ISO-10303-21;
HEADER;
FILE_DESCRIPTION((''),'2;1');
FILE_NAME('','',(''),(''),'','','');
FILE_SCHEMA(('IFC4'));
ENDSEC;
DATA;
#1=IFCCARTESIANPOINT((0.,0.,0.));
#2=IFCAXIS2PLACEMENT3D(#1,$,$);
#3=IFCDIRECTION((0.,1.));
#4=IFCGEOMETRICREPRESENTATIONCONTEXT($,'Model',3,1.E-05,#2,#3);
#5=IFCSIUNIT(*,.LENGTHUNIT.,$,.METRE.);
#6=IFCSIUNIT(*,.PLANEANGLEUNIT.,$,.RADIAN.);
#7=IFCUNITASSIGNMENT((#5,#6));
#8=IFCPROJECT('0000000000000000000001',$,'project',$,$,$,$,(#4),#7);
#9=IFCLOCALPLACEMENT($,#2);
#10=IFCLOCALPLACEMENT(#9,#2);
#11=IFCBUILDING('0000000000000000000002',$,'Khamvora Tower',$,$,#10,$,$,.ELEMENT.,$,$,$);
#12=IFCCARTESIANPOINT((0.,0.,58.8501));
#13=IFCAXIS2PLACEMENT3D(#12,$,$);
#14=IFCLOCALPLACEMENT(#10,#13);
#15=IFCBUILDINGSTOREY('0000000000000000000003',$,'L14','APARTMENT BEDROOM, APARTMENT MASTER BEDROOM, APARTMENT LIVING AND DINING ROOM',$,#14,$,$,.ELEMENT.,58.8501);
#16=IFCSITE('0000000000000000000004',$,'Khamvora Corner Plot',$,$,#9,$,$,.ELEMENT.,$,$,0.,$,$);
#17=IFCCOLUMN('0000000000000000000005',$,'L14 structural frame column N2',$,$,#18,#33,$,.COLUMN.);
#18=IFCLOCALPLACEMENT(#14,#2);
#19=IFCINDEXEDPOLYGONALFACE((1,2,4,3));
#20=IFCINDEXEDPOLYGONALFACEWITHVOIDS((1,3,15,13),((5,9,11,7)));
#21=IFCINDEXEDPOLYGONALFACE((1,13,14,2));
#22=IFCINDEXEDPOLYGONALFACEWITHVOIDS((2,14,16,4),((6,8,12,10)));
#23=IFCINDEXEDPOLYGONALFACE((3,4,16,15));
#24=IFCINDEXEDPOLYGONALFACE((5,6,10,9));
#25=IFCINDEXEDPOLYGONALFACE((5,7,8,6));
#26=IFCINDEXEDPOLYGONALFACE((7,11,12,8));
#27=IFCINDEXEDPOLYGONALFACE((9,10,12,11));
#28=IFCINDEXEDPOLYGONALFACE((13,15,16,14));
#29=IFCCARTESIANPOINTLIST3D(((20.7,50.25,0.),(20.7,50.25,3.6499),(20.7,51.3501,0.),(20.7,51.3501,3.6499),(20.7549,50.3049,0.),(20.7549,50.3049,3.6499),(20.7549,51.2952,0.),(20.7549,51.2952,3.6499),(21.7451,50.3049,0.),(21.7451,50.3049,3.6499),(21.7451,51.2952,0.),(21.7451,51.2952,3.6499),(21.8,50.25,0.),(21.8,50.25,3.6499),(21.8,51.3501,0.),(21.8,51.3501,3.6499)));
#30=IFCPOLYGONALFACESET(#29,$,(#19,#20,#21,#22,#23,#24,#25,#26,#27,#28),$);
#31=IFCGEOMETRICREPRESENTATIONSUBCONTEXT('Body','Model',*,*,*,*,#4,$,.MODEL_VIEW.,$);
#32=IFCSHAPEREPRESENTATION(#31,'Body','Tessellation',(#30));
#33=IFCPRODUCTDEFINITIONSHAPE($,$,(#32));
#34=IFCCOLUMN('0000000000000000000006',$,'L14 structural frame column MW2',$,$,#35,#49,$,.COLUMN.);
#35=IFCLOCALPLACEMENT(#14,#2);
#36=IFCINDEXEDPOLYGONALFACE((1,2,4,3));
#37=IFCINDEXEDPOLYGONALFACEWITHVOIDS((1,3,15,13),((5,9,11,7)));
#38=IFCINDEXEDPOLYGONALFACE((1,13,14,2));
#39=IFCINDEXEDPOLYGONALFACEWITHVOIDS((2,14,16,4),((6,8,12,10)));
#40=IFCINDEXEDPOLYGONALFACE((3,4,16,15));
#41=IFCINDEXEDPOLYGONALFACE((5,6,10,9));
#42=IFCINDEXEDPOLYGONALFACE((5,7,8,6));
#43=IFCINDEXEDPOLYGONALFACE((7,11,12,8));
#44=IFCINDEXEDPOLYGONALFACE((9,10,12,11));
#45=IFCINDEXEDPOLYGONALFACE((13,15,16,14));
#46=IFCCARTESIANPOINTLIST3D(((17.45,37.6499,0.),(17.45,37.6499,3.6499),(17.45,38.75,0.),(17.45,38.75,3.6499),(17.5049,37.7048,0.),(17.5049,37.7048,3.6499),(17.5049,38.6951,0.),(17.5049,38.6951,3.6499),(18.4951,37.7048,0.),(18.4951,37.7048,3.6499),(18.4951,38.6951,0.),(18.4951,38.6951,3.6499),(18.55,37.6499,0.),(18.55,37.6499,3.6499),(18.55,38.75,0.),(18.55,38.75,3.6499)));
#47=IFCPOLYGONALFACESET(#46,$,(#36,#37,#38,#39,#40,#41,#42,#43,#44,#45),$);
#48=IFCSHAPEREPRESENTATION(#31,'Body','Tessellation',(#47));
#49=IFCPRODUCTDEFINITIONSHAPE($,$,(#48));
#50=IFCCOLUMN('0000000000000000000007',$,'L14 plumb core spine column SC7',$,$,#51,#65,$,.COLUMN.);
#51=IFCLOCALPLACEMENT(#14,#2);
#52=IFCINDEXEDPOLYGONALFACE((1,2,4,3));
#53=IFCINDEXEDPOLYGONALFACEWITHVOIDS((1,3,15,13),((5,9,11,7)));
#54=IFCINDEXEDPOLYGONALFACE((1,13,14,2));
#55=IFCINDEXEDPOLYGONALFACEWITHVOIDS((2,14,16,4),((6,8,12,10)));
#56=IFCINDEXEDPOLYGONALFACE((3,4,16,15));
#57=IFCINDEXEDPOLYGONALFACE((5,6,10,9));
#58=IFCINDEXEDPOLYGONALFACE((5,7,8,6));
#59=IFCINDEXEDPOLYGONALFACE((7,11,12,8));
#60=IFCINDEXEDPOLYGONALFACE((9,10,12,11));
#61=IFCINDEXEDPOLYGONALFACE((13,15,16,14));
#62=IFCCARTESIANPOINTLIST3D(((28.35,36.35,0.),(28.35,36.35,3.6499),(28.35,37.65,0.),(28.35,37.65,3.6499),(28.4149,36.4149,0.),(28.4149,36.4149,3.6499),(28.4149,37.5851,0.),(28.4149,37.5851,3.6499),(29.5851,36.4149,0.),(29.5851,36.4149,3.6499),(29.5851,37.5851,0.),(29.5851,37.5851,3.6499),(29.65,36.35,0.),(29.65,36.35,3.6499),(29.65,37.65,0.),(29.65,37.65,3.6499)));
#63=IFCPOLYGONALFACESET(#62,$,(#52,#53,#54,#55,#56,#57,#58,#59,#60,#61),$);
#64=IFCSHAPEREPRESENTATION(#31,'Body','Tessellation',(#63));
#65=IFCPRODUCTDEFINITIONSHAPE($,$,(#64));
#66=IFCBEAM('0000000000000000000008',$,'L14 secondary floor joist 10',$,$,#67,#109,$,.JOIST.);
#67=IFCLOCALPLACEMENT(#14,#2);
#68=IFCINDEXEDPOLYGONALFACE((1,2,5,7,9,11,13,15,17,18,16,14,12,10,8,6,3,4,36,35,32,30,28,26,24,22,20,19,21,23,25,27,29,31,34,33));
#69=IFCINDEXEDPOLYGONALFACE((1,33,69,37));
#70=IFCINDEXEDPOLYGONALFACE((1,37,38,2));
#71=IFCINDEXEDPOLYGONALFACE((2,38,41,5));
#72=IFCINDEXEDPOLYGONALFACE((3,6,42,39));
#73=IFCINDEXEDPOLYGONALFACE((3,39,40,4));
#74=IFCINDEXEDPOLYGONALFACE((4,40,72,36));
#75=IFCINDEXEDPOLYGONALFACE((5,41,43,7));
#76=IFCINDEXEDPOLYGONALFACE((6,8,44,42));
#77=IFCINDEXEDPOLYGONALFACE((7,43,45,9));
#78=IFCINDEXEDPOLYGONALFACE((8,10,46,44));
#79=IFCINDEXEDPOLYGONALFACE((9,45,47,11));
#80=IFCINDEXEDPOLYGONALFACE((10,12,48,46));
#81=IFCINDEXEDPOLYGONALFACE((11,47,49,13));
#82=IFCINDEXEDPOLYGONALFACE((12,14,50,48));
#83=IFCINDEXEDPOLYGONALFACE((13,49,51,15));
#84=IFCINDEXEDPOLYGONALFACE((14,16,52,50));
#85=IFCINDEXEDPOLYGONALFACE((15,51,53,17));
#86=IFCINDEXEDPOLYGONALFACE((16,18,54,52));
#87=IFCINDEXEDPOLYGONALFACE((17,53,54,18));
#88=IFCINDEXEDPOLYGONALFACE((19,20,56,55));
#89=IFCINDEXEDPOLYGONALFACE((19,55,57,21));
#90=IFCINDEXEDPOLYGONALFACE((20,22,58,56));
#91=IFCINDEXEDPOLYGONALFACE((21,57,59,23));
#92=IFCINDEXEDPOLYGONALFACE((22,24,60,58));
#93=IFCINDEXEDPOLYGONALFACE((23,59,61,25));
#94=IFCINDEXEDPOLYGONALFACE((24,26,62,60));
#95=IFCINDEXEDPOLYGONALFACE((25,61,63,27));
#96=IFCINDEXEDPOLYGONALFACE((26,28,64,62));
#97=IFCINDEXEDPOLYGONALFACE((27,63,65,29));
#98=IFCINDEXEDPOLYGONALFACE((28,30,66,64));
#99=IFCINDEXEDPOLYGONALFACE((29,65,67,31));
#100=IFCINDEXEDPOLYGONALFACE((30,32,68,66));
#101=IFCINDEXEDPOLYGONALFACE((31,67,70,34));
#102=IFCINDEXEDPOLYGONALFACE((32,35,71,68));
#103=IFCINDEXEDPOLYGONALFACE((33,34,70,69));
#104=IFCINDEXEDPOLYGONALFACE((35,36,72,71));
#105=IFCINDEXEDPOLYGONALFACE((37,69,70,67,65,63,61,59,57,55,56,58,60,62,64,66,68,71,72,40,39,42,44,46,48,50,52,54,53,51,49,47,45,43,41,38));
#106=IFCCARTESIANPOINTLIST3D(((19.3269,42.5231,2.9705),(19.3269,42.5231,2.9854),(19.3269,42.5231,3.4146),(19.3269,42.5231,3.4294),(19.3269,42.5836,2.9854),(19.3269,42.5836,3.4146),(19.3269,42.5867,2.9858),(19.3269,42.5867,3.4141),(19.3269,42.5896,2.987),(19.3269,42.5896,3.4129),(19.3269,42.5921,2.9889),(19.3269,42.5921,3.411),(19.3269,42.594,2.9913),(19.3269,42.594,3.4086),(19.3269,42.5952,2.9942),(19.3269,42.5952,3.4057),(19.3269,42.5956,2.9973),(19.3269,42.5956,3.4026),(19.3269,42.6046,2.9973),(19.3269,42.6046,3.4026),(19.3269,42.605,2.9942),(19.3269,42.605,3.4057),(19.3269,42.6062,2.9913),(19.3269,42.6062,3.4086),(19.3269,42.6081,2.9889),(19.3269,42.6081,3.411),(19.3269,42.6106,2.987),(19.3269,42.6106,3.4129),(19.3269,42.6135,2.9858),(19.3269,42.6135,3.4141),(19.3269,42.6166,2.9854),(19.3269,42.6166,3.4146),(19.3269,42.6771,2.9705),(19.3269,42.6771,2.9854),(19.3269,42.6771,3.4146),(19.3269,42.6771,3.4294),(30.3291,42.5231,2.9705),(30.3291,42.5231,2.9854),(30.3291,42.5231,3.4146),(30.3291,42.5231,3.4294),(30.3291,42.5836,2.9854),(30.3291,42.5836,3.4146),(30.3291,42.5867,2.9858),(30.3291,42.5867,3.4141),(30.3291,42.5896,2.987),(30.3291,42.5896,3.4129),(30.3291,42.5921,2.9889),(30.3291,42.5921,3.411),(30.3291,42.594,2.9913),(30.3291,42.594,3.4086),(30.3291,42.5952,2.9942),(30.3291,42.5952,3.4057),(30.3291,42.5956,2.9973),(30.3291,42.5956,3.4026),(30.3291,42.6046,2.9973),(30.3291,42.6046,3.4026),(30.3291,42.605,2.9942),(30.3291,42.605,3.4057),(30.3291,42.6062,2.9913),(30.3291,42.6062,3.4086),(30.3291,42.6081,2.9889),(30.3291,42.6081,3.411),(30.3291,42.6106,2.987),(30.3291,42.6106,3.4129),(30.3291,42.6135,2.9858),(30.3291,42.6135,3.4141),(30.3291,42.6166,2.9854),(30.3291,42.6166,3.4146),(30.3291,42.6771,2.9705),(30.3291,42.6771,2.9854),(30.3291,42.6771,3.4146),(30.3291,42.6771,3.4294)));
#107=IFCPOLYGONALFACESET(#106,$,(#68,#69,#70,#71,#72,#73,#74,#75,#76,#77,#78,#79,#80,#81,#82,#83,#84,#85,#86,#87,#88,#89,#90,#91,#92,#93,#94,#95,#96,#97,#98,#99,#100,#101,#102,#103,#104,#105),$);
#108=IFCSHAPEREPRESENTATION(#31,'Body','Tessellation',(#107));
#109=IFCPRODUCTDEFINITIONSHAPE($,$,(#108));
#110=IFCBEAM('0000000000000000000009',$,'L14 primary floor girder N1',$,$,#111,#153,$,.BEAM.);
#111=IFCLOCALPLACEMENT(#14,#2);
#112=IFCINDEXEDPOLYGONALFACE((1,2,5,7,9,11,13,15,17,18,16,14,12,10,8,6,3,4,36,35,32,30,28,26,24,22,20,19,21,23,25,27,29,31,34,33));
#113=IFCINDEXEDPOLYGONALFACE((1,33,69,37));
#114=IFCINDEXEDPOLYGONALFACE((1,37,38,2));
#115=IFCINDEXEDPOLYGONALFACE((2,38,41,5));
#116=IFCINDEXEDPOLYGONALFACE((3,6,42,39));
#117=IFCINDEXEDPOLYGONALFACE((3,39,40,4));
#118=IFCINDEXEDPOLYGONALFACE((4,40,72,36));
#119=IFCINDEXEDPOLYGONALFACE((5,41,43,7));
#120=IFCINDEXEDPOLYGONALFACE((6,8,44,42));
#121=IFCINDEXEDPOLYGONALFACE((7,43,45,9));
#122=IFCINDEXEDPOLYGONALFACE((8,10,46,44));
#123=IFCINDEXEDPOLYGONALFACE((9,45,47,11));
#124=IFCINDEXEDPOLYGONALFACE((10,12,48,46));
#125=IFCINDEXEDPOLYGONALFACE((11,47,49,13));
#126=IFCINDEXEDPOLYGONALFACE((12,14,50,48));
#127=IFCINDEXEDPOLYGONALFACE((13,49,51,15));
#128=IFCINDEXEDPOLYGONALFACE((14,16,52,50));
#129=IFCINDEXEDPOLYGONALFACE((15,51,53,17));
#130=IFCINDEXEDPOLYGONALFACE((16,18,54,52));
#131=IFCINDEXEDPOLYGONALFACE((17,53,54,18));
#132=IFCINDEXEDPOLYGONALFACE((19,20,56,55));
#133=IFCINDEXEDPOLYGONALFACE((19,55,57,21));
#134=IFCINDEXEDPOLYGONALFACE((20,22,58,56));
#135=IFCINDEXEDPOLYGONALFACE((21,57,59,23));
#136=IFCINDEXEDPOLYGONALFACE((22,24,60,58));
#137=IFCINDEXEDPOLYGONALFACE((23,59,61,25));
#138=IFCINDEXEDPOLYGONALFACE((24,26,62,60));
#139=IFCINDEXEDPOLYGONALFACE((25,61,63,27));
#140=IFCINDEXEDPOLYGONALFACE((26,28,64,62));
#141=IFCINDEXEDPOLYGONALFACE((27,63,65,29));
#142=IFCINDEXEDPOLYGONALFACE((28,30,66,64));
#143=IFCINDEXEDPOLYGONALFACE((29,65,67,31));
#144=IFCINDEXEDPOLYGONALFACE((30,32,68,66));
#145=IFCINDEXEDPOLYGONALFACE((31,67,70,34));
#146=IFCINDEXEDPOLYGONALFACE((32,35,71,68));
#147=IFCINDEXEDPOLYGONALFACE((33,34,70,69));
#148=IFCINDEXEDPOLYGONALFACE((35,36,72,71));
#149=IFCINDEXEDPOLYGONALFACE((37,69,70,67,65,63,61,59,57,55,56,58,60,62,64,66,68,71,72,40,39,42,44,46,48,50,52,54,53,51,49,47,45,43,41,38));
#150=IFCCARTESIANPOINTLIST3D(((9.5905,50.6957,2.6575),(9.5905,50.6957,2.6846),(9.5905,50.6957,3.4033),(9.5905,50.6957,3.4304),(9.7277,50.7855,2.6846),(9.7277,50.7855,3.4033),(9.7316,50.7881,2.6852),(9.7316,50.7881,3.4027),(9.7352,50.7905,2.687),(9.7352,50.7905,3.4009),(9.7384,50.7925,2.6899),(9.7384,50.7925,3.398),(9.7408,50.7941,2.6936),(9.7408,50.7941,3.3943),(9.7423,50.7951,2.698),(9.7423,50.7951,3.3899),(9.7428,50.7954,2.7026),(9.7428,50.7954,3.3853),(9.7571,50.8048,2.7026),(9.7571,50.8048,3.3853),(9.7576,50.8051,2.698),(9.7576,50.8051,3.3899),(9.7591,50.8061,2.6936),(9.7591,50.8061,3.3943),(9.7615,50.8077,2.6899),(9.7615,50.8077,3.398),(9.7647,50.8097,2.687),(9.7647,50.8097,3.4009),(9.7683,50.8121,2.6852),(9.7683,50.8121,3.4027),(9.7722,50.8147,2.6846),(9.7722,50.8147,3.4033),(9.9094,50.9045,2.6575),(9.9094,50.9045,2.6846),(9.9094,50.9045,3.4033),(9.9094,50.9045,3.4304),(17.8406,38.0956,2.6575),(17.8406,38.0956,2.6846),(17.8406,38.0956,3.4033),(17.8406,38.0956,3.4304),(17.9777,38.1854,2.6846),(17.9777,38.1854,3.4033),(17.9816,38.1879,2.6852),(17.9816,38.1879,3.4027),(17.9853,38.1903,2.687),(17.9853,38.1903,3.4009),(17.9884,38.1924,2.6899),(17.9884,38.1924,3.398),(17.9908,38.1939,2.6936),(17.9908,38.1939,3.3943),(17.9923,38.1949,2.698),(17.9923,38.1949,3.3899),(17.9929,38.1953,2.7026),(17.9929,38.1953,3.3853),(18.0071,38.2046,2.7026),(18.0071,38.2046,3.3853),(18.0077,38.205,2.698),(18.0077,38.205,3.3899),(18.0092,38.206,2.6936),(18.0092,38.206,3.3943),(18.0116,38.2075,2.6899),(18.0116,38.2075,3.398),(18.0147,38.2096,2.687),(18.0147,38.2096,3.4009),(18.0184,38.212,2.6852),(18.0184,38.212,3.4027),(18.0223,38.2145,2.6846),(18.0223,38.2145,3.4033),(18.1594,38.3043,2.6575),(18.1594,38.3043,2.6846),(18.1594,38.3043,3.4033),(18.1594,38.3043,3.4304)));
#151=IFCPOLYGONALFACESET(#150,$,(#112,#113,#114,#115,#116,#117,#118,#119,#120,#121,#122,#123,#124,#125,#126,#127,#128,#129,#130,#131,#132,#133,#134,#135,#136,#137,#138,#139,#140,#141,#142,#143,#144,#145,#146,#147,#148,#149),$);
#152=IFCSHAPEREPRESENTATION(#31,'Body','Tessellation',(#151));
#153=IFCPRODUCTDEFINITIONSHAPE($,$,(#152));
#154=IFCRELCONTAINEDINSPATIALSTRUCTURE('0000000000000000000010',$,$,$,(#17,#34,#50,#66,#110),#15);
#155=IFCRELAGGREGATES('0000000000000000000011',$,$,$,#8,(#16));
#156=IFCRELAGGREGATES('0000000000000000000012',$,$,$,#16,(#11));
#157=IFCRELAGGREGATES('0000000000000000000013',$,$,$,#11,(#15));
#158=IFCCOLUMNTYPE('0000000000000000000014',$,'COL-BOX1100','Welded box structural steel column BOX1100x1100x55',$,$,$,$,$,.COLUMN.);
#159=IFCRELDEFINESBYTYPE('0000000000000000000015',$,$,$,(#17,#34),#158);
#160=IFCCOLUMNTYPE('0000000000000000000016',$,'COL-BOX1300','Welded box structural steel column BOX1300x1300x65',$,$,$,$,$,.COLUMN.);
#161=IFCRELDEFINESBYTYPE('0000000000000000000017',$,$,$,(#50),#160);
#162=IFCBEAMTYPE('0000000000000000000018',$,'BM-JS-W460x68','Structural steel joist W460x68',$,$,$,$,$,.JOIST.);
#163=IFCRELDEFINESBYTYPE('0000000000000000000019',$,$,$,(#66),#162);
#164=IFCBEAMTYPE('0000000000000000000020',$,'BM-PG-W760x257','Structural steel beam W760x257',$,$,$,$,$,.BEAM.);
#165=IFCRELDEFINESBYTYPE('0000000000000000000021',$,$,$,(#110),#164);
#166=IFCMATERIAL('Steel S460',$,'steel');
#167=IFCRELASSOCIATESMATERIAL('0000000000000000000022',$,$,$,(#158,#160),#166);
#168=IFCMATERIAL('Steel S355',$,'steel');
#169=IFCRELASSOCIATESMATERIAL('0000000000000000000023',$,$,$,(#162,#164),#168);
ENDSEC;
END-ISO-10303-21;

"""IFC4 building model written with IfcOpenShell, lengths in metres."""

from ifc_helpers import new_model, si_unit, direction, frame, origin, origin_2d, place, context, subcontext, project, spatial, hollow_rectangle, i_section, extrude, material, material_profile, profile_set, type_object, element, save


model = new_model("IFC4")

# Units and contexts
model_context = context("Model", 3, precision=1e-05, world=origin(), true_north=direction((0.0, 1.0)))
body_context = subcontext(model_context, "Body", "Model", "MODEL_VIEW")
ifc_project = project(units=[si_unit("LENGTHUNIT", "METRE"), si_unit("PLANEANGLEUNIT", "RADIAN")], contexts=[model_context])

# Site, building, storey
site_placement = place(None, origin())
site = spatial("IfcSite", under=ifc_project, at=site_placement, Name="Khamvora Corner Plot", CompositionType="ELEMENT", RefElevation=0.0)
building_placement = place(site_placement, origin())
building = spatial("IfcBuilding", under=site, at=building_placement, Name="Khamvora Tower", CompositionType="ELEMENT")
storey_placement = place(building_placement, frame((0.0, 0.0, 58.8501)))
storey = spatial("IfcBuildingStorey", under=building, at=storey_placement, Name="L14", Description="APARTMENT BEDROOM, APARTMENT MASTER BEDROOM, APARTMENT LIVING AND DINING ROOM", CompositionType="ELEMENT", Elevation=58.8501)

# Columns
ifc_material_1 = material(Name="Steel S460", Category="steel")
ifc_material_profile_1 = material_profile(ifc_material_1, hollow_rectangle(XDim=1.1001, YDim=1.1001, WallThickness=0.0549, at=origin_2d()), Name="BOX1100x1100x55")
ifc_profile_set_1 = profile_set([ifc_material_profile_1], Name="Steel S460")
column_type_1 = type_object("IfcColumnType", Name="COL-BOX1100", Description="Welded box structural steel column BOX1100x1100x55", PredefinedType="COLUMN", material=ifc_profile_set_1)
for number, where, z_axis, x_axis, name in (
    (1, (21.25, 50.8, 0.0), (0.0, 0.0, 1.0), (1.0, 0.0, 0.0), "L14 structural frame column N2"),
    (2, (18.0, 38.2, 0.0), (0.0, 0.0, 1.0), (1.0, 0.0, 0.0), "L14 structural frame column MW2"),
):
    element("IfcColumn", number, at=place(storey_placement, frame(where, z_axis=z_axis, x_axis=x_axis)), inside=storey, type_object=column_type_1, Name=name, PredefinedType="COLUMN", context=body_context, shape_type="SweptSolid", body=[
        extrude(hollow_rectangle(XDim=1.1001, YDim=1.1001, WallThickness=0.0549, at=origin_2d()), origin(), (0.0, 0.0, 1.0), 3.6499),
    ])
ifc_material_profile_2 = material_profile(ifc_material_1, hollow_rectangle(XDim=1.3, YDim=1.3, WallThickness=0.0649, at=origin_2d()), Name="BOX1300x1300x65")
ifc_profile_set_2 = profile_set([ifc_material_profile_2], Name="Steel S460")
column_type_2 = type_object("IfcColumnType", Name="COL-BOX1300", Description="Welded box structural steel column BOX1300x1300x65", PredefinedType="COLUMN", material=ifc_profile_set_2)
column_placement = place(storey_placement, frame((29.0, 37.0, 0.0), z_axis=(0.0, 0.0, 1.0), x_axis=(1.0, 0.0, 0.0)))
element("IfcColumn", 3, at=column_placement, inside=storey, type_object=column_type_2, Name="L14 plumb core spine column SC7", PredefinedType="COLUMN", context=body_context, shape_type="SweptSolid", body=[
    extrude(hollow_rectangle(XDim=1.3, YDim=1.3, WallThickness=0.0649, at=origin_2d()), origin(), (0.0, 0.0, 1.0), 3.6499),
])

# Beams
ifc_material_2 = material(Name="Steel S355", Category="steel")
ifc_material_profile_3 = material_profile(ifc_material_2, i_section(OverallWidth=0.1541, OverallDepth=0.459, WebThickness=0.009, FlangeThickness=0.0149, FilletRadius=0.012, at=origin_2d()), Name="W460x68")
ifc_profile_set_3 = profile_set([ifc_material_profile_3], Name="Steel S355")
beam_type_1 = type_object("IfcBeamType", Name="BM-JS-W460x68", Description="Structural steel joist W460x68", PredefinedType="JOIST", material=ifc_profile_set_3)
beam_1_placement = place(storey_placement, frame((19.3269, 42.6001, 3.2), z_axis=(1.0, 0.0, 0.0), x_axis=(0.0, 1.0, 0.0)))
element("IfcBeam", 4, at=beam_1_placement, inside=storey, type_object=beam_type_1, Name="L14 secondary floor joist 10", PredefinedType="JOIST", context=body_context, shape_type="SweptSolid", body=[
    extrude(i_section(OverallWidth=0.1541, OverallDepth=0.459, WebThickness=0.009, FlangeThickness=0.0149, FilletRadius=0.012, at=origin_2d()), origin(), (0.0, 0.0, 1.0), 11.0022),
])
ifc_material_profile_4 = material_profile(ifc_material_2, i_section(OverallWidth=0.3811, OverallDepth=0.7729, WebThickness=0.0171, FlangeThickness=0.0271, FilletRadius=0.0181, at=origin_2d()), Name="W760x257")
ifc_profile_set_4 = profile_set([ifc_material_profile_4], Name="Steel S355")
beam_type_2 = type_object("IfcBeamType", Name="BM-PG-W760x257", Description="Structural steel beam W760x257", PredefinedType="BEAM", material=ifc_profile_set_4)
beam_2_placement = place(storey_placement, frame((18.0, 38.2, 3.0439), z_axis=(-0.547783, 0.83662, 0.0), x_axis=(-0.83662, -0.547783, 0.0)))
element("IfcBeam", 5, at=beam_2_placement, inside=storey, type_object=beam_type_2, Name="L14 primary floor girder N1", PredefinedType="BEAM", context=body_context, shape_type="SweptSolid", body=[
    extrude(i_section(OverallWidth=0.3811, OverallDepth=0.7729, WebThickness=0.0171, FlangeThickness=0.0271, FilletRadius=0.0181, at=origin_2d()), origin(), (0.0, 0.0, 1.0), 15.0608),
])

save(model, "model.ifc")
